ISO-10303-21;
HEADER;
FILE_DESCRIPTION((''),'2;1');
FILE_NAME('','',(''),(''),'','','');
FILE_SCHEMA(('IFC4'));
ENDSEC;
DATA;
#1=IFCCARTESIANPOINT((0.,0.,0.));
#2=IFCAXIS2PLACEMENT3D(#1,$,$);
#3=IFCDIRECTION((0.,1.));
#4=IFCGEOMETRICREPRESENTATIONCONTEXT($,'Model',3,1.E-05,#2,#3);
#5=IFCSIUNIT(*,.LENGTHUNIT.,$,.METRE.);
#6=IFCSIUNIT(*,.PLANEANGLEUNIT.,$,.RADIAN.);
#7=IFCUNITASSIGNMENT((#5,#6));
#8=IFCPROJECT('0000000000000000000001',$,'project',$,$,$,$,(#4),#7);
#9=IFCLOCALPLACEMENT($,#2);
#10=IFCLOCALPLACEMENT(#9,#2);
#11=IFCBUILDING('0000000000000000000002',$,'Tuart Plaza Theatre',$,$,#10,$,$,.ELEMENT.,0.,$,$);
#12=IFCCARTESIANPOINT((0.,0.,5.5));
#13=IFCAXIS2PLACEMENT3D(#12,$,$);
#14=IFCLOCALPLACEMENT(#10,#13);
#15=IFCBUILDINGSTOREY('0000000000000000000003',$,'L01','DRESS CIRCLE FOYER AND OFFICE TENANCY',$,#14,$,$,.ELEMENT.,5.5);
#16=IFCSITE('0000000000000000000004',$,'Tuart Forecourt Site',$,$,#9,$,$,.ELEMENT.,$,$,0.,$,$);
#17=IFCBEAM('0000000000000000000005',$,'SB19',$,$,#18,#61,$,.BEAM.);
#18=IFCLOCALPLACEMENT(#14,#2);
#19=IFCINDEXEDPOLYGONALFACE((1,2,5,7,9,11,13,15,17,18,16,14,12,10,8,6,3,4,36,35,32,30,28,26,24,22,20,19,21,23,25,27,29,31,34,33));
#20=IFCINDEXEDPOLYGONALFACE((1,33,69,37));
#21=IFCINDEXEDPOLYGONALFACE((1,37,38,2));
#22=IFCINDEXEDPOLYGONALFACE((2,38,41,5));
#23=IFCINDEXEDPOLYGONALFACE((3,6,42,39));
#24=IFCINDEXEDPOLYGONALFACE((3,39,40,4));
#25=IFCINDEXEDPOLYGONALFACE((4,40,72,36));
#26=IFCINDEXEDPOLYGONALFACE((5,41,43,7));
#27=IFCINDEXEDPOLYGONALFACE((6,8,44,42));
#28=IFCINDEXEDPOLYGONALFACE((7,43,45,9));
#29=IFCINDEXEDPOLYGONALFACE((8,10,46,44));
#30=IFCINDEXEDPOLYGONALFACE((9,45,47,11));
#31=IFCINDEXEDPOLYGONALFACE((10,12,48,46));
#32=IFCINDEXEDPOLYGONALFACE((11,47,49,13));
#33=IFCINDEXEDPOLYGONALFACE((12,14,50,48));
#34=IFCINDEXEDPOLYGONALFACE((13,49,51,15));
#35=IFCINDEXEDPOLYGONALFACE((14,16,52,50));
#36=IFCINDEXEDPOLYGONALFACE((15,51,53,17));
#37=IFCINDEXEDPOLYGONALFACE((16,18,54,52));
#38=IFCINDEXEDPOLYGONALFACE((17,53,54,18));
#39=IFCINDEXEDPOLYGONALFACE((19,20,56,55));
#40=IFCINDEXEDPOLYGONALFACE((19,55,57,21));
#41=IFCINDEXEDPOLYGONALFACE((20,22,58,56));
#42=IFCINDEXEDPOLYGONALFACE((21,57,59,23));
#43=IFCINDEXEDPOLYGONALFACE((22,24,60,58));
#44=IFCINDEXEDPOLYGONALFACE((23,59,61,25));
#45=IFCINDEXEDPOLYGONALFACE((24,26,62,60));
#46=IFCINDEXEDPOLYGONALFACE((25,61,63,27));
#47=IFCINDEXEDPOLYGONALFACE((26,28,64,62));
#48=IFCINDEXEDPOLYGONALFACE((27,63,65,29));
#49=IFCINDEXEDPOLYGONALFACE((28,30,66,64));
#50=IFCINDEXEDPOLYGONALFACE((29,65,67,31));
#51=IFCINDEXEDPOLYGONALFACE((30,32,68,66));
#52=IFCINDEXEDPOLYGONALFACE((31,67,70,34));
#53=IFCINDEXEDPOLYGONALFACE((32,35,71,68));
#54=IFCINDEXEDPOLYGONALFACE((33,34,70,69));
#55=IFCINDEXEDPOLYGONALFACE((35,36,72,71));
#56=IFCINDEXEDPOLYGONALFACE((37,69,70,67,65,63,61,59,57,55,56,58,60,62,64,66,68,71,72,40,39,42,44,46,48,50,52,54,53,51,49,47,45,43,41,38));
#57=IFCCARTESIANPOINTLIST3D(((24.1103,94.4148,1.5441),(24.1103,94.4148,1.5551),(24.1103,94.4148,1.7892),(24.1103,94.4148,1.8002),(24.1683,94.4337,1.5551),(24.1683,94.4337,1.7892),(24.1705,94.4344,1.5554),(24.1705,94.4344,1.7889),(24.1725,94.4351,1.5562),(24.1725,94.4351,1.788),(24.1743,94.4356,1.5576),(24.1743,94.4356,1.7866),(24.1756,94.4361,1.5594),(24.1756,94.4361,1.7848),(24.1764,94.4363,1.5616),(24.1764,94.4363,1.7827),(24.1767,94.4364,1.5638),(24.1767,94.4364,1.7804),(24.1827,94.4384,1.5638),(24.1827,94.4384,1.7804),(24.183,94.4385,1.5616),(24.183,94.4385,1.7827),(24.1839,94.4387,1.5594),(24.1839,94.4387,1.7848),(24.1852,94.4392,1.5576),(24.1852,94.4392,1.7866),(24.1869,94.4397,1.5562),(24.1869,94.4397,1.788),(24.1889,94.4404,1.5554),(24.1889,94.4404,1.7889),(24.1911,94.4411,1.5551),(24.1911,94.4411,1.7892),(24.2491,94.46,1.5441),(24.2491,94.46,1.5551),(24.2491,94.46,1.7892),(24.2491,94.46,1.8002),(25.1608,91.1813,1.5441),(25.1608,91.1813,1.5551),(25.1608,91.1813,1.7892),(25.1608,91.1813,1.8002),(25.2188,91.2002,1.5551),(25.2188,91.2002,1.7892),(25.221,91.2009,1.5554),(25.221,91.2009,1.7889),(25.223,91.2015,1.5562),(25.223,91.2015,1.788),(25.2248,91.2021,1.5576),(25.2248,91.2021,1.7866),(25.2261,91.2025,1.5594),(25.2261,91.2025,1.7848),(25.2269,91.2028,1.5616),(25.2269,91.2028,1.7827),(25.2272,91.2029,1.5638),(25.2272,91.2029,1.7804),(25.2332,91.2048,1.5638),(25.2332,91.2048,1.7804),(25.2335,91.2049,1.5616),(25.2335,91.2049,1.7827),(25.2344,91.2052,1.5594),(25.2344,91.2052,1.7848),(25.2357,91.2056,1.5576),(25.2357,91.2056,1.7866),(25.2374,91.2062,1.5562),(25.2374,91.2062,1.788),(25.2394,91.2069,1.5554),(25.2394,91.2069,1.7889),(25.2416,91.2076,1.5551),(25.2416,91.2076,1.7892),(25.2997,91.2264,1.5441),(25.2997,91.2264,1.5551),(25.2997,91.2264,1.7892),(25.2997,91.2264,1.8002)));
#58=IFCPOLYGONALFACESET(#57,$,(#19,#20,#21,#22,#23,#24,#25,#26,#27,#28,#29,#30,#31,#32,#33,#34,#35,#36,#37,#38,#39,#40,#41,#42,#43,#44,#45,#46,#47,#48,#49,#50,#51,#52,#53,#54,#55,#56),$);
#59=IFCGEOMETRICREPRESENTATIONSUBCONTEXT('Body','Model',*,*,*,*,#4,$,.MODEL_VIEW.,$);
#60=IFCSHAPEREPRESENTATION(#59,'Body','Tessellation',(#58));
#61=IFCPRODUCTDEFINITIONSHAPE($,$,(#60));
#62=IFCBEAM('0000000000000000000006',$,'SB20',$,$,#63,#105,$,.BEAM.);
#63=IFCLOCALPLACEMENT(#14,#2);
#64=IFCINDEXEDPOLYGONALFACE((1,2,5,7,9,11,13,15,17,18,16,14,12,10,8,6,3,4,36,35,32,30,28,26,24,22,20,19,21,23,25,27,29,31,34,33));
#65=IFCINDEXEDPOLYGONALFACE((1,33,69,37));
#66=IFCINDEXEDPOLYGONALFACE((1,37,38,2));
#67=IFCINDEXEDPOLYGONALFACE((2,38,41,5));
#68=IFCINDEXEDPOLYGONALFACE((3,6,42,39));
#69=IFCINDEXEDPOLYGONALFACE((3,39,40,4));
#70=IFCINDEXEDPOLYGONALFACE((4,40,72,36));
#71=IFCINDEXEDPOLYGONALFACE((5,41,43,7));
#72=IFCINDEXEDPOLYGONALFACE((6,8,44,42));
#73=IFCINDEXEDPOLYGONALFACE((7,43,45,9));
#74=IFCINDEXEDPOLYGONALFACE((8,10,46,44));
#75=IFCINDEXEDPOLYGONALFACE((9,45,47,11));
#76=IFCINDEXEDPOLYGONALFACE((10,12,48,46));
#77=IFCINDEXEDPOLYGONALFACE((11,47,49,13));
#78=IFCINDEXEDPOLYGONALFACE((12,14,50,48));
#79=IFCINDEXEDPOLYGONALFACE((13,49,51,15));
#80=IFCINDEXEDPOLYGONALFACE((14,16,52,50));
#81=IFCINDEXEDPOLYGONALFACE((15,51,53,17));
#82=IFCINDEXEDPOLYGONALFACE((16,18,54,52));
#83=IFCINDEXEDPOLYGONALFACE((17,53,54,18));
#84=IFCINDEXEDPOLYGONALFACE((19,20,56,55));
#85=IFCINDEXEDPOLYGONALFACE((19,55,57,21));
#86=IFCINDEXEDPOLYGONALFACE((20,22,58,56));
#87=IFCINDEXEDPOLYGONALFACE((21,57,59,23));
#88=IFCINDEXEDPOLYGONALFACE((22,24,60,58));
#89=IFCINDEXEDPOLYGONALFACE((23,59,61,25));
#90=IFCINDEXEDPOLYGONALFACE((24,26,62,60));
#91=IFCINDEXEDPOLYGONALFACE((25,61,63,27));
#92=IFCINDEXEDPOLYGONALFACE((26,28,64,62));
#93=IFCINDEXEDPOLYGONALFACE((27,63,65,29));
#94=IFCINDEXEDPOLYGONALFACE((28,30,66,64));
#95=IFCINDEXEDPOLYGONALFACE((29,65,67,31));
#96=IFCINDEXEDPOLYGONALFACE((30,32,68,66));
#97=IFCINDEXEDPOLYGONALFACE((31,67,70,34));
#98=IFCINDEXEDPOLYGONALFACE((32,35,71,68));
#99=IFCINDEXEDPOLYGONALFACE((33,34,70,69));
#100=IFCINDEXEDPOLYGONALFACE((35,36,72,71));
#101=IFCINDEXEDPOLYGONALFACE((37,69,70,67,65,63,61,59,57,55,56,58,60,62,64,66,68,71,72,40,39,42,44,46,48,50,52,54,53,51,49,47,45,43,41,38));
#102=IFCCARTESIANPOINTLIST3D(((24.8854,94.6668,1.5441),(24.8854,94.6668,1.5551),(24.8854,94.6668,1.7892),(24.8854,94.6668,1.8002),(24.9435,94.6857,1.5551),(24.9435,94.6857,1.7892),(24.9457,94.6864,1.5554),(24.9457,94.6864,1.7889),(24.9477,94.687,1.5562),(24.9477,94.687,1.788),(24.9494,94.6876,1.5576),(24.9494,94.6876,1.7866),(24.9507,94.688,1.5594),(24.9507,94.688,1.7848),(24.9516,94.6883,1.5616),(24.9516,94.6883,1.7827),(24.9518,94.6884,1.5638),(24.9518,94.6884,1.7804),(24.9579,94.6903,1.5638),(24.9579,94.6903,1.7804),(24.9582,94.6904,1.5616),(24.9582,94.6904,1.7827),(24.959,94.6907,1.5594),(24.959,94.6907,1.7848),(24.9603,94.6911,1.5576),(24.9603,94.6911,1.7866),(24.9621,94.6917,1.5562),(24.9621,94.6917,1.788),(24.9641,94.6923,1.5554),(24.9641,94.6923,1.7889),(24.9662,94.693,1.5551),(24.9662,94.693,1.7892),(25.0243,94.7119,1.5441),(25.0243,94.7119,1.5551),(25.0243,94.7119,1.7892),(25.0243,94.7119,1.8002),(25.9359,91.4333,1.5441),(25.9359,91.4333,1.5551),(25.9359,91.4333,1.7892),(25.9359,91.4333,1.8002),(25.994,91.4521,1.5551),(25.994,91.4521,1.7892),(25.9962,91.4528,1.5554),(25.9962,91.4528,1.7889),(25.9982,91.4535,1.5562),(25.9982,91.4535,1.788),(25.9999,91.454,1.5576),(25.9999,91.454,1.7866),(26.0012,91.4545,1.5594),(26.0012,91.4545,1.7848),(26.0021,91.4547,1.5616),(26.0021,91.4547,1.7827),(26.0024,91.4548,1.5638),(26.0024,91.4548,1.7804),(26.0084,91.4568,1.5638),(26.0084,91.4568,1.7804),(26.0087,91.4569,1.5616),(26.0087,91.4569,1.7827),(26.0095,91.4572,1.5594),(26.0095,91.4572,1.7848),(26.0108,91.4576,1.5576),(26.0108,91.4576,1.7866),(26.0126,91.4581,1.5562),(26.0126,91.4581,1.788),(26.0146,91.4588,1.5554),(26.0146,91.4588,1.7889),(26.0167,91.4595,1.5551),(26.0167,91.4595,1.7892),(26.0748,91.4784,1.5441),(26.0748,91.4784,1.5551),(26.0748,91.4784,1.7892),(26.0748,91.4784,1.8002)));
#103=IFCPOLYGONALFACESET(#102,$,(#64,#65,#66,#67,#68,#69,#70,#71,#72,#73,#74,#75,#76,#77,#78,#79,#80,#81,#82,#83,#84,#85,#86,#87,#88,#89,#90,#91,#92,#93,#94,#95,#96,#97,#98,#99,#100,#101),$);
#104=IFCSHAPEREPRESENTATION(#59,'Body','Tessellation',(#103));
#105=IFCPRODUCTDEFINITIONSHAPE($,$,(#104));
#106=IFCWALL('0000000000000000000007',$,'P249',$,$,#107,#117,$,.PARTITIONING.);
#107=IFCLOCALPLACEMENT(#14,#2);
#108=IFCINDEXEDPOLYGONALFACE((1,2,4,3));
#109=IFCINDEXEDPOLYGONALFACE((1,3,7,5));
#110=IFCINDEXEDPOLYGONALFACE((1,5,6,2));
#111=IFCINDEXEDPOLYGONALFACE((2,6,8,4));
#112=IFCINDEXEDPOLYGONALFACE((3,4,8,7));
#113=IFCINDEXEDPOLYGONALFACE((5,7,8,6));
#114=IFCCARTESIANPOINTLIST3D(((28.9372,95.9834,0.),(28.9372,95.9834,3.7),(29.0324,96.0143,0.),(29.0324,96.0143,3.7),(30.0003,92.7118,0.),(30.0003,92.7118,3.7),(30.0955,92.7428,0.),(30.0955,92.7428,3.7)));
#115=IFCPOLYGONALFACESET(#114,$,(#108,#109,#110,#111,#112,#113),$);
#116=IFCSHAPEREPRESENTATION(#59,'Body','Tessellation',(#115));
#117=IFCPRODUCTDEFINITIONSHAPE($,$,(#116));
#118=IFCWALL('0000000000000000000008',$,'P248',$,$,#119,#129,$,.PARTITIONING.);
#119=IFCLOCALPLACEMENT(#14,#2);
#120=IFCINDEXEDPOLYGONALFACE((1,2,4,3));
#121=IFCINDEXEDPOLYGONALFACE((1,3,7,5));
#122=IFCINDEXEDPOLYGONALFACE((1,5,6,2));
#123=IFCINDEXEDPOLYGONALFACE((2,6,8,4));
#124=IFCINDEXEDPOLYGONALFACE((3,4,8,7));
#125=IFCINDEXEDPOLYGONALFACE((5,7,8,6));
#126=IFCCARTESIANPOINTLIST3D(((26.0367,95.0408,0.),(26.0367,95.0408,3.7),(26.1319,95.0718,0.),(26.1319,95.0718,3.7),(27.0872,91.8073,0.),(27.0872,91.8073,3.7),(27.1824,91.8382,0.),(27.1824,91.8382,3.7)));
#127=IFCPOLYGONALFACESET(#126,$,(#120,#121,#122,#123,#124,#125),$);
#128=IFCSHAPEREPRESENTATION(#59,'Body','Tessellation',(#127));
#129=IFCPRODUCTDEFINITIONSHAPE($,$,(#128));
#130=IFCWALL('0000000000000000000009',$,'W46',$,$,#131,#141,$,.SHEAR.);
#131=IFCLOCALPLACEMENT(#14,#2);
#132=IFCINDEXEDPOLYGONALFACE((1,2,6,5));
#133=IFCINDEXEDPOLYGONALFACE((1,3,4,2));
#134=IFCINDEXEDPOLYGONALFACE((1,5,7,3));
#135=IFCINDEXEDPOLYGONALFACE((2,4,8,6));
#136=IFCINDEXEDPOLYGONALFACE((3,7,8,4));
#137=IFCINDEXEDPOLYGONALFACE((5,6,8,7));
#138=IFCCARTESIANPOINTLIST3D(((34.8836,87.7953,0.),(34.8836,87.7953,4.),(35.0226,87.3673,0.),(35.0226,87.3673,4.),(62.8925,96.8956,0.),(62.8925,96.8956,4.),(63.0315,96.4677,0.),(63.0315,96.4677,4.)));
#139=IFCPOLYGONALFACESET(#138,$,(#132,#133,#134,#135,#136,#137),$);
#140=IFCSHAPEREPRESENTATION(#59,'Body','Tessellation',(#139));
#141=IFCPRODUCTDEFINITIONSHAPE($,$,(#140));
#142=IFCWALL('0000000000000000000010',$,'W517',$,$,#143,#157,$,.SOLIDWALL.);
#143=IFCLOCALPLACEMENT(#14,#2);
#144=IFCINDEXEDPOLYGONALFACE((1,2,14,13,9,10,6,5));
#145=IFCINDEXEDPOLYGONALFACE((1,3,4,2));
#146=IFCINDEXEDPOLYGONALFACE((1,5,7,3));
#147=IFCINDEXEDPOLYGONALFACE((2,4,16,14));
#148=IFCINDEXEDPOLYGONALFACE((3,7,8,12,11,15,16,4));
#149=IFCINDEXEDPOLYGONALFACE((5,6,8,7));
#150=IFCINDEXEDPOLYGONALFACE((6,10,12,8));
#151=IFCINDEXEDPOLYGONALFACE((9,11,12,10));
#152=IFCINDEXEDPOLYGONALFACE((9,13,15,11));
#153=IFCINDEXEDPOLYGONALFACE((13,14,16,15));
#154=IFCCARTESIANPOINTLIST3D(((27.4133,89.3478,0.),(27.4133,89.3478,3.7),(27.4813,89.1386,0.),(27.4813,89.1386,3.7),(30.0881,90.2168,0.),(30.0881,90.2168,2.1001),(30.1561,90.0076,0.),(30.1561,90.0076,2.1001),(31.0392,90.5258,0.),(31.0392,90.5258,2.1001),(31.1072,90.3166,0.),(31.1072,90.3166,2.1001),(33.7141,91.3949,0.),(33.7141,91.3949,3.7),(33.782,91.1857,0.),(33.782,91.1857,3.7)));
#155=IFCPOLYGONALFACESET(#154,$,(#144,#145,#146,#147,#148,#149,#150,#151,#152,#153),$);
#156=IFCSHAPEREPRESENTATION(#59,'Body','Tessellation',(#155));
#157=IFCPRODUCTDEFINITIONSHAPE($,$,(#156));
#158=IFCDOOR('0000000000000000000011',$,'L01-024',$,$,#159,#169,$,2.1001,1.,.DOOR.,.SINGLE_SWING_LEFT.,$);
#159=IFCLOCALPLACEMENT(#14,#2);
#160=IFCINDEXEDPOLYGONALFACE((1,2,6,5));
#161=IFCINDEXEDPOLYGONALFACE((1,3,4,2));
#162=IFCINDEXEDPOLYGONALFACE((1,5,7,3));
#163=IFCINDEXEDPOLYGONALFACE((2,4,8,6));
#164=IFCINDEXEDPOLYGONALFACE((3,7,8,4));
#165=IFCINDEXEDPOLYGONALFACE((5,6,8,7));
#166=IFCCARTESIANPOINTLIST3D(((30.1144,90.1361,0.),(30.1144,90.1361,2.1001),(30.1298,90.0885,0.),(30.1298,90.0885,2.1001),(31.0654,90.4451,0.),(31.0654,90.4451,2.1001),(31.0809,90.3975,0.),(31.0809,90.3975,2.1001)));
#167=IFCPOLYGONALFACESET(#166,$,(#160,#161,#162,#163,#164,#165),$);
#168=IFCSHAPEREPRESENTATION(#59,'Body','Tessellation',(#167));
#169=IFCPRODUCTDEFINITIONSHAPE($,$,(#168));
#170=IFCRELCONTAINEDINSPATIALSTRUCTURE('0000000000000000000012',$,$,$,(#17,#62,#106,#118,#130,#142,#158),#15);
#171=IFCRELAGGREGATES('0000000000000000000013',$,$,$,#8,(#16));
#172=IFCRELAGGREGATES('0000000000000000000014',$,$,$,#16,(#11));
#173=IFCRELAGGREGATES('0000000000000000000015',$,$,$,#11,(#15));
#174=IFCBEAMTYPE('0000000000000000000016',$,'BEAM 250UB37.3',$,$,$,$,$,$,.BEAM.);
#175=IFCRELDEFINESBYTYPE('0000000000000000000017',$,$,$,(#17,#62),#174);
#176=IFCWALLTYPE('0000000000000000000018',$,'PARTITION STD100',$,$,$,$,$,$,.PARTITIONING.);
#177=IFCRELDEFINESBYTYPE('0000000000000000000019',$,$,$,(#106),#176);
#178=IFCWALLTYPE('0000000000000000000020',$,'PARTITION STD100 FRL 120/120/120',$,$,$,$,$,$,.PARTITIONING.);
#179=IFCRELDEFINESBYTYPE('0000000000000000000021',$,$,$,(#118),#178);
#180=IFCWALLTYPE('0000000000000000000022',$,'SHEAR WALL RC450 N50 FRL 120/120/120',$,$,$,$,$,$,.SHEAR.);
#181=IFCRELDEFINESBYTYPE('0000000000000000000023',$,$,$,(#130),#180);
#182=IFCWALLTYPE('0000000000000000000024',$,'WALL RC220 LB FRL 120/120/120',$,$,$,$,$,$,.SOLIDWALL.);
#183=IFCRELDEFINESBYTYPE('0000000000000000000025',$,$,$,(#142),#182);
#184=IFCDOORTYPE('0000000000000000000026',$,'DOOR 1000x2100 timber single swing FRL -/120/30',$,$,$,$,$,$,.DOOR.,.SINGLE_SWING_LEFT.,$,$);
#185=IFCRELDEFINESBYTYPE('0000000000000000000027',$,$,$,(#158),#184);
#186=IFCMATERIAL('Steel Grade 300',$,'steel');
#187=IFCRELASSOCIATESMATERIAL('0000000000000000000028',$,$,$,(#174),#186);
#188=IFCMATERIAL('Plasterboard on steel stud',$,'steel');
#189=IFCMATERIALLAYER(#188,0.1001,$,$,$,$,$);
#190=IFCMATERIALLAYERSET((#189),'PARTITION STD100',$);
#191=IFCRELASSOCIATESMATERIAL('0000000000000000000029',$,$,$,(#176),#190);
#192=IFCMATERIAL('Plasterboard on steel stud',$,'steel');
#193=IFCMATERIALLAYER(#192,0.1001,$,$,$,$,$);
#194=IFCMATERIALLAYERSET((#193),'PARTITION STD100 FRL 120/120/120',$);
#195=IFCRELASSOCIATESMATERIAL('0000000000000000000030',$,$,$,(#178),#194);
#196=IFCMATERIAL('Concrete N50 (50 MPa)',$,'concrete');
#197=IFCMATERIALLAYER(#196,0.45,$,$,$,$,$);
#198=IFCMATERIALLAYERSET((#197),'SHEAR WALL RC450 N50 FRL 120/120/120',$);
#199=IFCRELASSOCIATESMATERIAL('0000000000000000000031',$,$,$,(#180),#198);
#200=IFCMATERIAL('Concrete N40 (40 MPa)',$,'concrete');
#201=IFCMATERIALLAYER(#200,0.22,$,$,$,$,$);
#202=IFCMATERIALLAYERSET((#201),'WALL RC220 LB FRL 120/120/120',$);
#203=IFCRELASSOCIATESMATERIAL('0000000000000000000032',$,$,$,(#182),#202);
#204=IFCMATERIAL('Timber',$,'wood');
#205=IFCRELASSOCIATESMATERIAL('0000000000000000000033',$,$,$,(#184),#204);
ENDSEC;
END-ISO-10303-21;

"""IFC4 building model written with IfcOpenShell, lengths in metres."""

from ifc_helpers import new_model, si_unit, direction, frame, frame_2d, origin, origin_2d, place, context, subcontext, project, spatial, rectangle, i_section, extrude, material, layer, layer_set, material_profile, profile_set, type_object, element, fill, save


model = new_model("IFC4")

# Units and contexts
model_context = context("Model", 3, precision=1e-05, world=origin(), true_north=direction((0.0, 1.0)))
body_context = subcontext(model_context, "Body", "Model", "MODEL_VIEW")
ifc_project = project(units=[si_unit("LENGTHUNIT", "METRE"), si_unit("PLANEANGLEUNIT", "RADIAN")], contexts=[model_context])

# Site, building, storey
site_placement = place(None, origin())
site = spatial("IfcSite", under=ifc_project, at=site_placement, Name="Tuart Forecourt Site", CompositionType="ELEMENT", RefElevation=0.0)
building_placement = place(site_placement, origin())
building = spatial("IfcBuilding", under=site, at=building_placement, Name="Tuart Plaza Theatre", CompositionType="ELEMENT", ElevationOfRefHeight=0.0)
storey_placement = place(building_placement, frame((0.0, 0.0, 5.5)))
storey = spatial("IfcBuildingStorey", under=building, at=storey_placement, Name="L01", Description="DRESS CIRCLE FOYER AND OFFICE TENANCY", CompositionType="ELEMENT", Elevation=5.5)

# Beams
ifc_material_1 = material(Name="Steel Grade 300", Category="steel")
ifc_material_profile = material_profile(ifc_material_1, i_section(OverallWidth=0.146, OverallDepth=0.2561, WebThickness=0.0063, FlangeThickness=0.011, FilletRadius=0.0088, at=origin_2d()), Name="250UB37.3")
ifc_profile_set = profile_set([ifc_material_profile], Name="Steel Grade 300")
beam_type = type_object("IfcBeamType", Name="BEAM 250UB37.3", PredefinedType="BEAM", material=ifc_profile_set)
for number, where, z_axis, x_axis, name in (
    (1, (25.2302, 91.2039, 1.6721), (-0.308981, 0.951068, 0.0), (-0.951068, -0.308981, 0.0), "SB19"),
    (2, (26.0054, 91.4558, 1.6721), (-0.308981, 0.951068, 0.0), (-0.951068, -0.308981, 0.0), "SB20"),
):
    element("IfcBeam", number, at=place(storey_placement, frame(where, z_axis=z_axis, x_axis=x_axis)), inside=storey, type_object=beam_type, Name=name, PredefinedType="BEAM", context=body_context, shape_type="SweptSolid", body=[
        extrude(i_section(OverallWidth=0.146, OverallDepth=0.2561, WebThickness=0.0063, FlangeThickness=0.011, FilletRadius=0.0088, at=origin_2d()), origin(), (0.0, 0.0, 1.0), 3.3999),
    ])

# Walls
ifc_material_2 = material(Name="Plasterboard on steel stud", Category="steel")
ifc_layer_1 = layer(ifc_material_2, 0.1001)
ifc_layer_set_1 = layer_set([ifc_layer_1], Name="PARTITION STD100")
wall_type_1 = type_object("IfcWallType", Name="PARTITION STD100", PredefinedType="PARTITIONING", material=ifc_layer_set_1)
wall_1_placement = place(storey_placement, frame((30.0479, 92.7273, 0.0), z_axis=(0.0, 0.0, 1.0), x_axis=(-0.309022, 0.951055, 0.0)))
element("IfcWall", 3, at=wall_1_placement, inside=storey, type_object=wall_type_1, Name="P249", PredefinedType="PARTITIONING", context=body_context, shape_type="SweptSolid", body=[
    extrude(rectangle(XDim=3.4399, YDim=0.1001, at=frame_2d((1.72, 0.0))), origin(), (0.0, 0.0, 1.0), 3.7),
])
ifc_material_3 = material(Name="Plasterboard on steel stud", Category="steel")
ifc_layer_2 = layer(ifc_material_3, 0.1001)
ifc_layer_set_2 = layer_set([ifc_layer_2], Name="PARTITION STD100 FRL 120/120/120")
wall_type_2 = type_object("IfcWallType", Name="PARTITION STD100 FRL 120/120/120", PredefinedType="PARTITIONING", material=ifc_layer_set_2)
wall_2_placement = place(storey_placement, frame((27.1348, 91.8228, 0.0), z_axis=(0.0, 0.0, 1.0), x_axis=(-0.308981, 0.951068, 0.0)))
element("IfcWall", 4, at=wall_2_placement, inside=storey, type_object=wall_type_2, Name="P248", PredefinedType="PARTITIONING", context=body_context, shape_type="SweptSolid", body=[
    extrude(rectangle(XDim=3.3999, YDim=0.1001, at=frame_2d((1.7, 0.0))), origin(), (0.0, 0.0, 1.0), 3.7),
])
ifc_material_4 = material(Name="Concrete N50 (50 MPa)", Category="concrete")
ifc_layer_3 = layer(ifc_material_4, 0.45)
ifc_layer_set_3 = layer_set([ifc_layer_3], Name="SHEAR WALL RC450 N50 FRL 120/120/120")
wall_type_3 = type_object("IfcWallType", Name="SHEAR WALL RC450 N50 FRL 120/120/120", PredefinedType="SHEAR", material=ifc_layer_set_3)
wall_3_placement = place(storey_placement, frame((34.9531, 87.5813, 0.0), z_axis=(0.0, 0.0, 1.0), x_axis=(0.951059, 0.309009, 0.0)))
element("IfcWall", 5, at=wall_3_placement, inside=storey, type_object=wall_type_3, Name="W46", PredefinedType="SHEAR", context=body_context, shape_type="SweptSolid", body=[
    extrude(rectangle(XDim=29.4502, YDim=0.45, at=frame_2d((14.7251, 0.0))), origin(), (0.0, 0.0, 1.0), 4.0),
])

# Wall, opening, door
ifc_material_5 = material(Name="Concrete N40 (40 MPa)", Category="concrete")
ifc_layer_4 = layer(ifc_material_5, 0.22)
ifc_layer_set_4 = layer_set([ifc_layer_4], Name="WALL RC220 LB FRL 120/120/120")
wall_type_4 = type_object("IfcWallType", Name="WALL RC220 LB FRL 120/120/120", PredefinedType="SOLIDWALL", material=ifc_layer_set_4)
wall_4_placement = place(storey_placement, frame((27.4473, 89.2432, 0.0), z_axis=(0.0, 0.0, 1.0), x_axis=(0.951062, 0.308999, 0.0)))
wall_4 = element("IfcWall", 6, at=wall_4_placement, inside=storey, type_object=wall_type_4, Name="W517", PredefinedType="SOLIDWALL", context=body_context, shape_type="SweptSolid", body=[
    extrude(rectangle(XDim=6.625, YDim=0.22, at=frame_2d((3.3125, 0.0))), origin(), (0.0, 0.0, 1.0), 3.7),
])
opening_1_placement = place(wall_4_placement, frame((2.8125, 0.0, 0.0)))
opening_1 = element("IfcOpeningElement", 7, at=opening_1_placement, cuts=wall_4, PredefinedType="OPENING", context=body_context, shape_type="SweptSolid", body=[
    extrude(rectangle(XDim=1.0, YDim=2.1001, at=frame_2d((0.5, 1.05))), frame((0.0, 0.1199, 0.0), z_axis=(0.0, -1.0, 0.0), x_axis=(1.0, 0.0, 0.0)), (0.0, 0.0, 1.0), 0.24),
])
ifc_material_6 = material(Name="Timber", Category="wood")
door_type_1 = type_object("IfcDoorType", Name="DOOR 1000x2100 timber single swing FRL -/120/30", OperationType="SINGLE_SWING_LEFT", PredefinedType="DOOR", material=ifc_material_6)
door_1_placement = place(opening_1_placement, frame((1.0, 0.0, 0.0), z_axis=(0.0, 0.0, 1.0), x_axis=(-1.0, 0.0, 0.0)))
door_1 = element("IfcDoor", 8, at=door_1_placement, inside=storey, type_object=door_type_1, Name="L01-024", OperationType="SINGLE_SWING_LEFT", OverallHeight=2.1001, OverallWidth=1.0, PredefinedType="DOOR", context=body_context, shape_type="SweptSolid", body=[
    extrude(rectangle(XDim=1.0, YDim=2.1001, at=frame_2d((0.5, 1.05))), frame((0.0, 0.0249, 0.0), z_axis=(0.0, -1.0, 0.0), x_axis=(1.0, 0.0, 0.0)), (0.0, 0.0, 1.0), 0.05),
])
fill(opening_1, door_1)

save(model, "model.ifc")
